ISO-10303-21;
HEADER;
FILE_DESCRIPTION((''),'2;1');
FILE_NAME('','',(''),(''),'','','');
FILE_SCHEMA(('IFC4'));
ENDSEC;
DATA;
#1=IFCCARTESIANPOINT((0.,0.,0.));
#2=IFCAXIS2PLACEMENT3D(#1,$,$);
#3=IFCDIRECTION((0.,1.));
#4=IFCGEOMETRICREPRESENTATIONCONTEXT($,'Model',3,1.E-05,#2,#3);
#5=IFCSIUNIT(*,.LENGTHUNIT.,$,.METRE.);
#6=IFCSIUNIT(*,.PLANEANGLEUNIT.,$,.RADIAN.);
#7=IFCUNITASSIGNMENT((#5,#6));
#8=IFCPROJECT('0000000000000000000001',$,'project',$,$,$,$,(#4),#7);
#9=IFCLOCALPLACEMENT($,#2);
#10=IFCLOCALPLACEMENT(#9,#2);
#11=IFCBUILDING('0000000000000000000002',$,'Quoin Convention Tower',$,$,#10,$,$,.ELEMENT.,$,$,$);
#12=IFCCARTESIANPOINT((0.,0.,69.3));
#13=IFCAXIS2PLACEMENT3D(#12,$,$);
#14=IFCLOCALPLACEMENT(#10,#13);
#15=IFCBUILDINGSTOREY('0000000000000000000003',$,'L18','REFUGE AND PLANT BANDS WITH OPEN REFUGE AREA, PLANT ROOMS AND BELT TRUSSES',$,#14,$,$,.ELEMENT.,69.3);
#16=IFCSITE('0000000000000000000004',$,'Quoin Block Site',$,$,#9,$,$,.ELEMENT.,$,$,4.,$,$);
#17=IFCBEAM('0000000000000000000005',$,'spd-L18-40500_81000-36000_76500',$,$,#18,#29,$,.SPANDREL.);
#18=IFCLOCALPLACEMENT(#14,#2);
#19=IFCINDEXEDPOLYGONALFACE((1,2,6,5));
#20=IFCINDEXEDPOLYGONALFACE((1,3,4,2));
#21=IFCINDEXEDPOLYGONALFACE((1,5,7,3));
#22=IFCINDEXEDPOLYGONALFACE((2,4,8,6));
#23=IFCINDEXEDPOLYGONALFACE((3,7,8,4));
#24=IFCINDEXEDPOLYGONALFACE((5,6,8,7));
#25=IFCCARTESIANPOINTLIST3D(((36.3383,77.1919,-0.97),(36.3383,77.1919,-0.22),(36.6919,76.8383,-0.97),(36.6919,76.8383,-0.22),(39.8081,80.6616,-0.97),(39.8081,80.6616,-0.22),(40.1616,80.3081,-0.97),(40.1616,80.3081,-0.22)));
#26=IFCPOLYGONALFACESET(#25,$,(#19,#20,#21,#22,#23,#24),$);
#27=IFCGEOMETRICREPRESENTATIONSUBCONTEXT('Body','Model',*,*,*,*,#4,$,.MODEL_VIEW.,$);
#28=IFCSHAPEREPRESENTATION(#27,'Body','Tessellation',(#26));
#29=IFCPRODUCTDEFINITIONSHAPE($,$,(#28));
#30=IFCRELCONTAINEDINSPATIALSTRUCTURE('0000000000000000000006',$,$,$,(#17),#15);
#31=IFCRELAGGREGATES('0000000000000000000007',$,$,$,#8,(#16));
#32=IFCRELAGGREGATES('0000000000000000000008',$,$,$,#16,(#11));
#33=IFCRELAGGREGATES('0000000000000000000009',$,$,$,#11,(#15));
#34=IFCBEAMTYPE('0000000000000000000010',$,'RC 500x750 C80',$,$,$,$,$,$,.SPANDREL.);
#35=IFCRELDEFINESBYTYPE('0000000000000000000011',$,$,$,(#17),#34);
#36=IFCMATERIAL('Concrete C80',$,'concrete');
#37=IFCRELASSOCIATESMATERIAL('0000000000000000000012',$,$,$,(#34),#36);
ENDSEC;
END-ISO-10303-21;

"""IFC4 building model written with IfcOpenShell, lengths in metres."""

from ifc_helpers import new_model, si_unit, direction, frame, origin, origin_2d, place, context, subcontext, project, spatial, rectangle, extrude, material, material_profile, profile_set, type_object, element, save


model = new_model("IFC4")

# Units and contexts
model_context = context("Model", 3, precision=1e-05, world=origin(), true_north=direction((0.0, 1.0)))
body_context = subcontext(model_context, "Body", "Model", "MODEL_VIEW")
ifc_project = project(units=[si_unit("LENGTHUNIT", "METRE"), si_unit("PLANEANGLEUNIT", "RADIAN")], contexts=[model_context])

# Site, building, storey
site_placement = place(None, origin())
site = spatial("IfcSite", under=ifc_project, at=site_placement, Name="Quoin Block Site", CompositionType="ELEMENT", RefElevation=4.0)
building_placement = place(site_placement, origin())
building = spatial("IfcBuilding", under=site, at=building_placement, Name="Quoin Convention Tower", CompositionType="ELEMENT")
storey_placement = place(building_placement, frame((0.0, 0.0, 69.3)))
storey = spatial("IfcBuildingStorey", under=building, at=storey_placement, Name="L18", Description="REFUGE AND PLANT BANDS WITH OPEN REFUGE AREA, PLANT ROOMS AND BELT TRUSSES", CompositionType="ELEMENT", Elevation=69.3)

# Shared definitions
ifc_material_1 = material(Name="Concrete C80", Category="concrete")

# Beam
ifc_material_profile_1 = material_profile(ifc_material_1, rectangle(XDim=0.5, YDim=0.75, at=origin_2d()), Name="RC 500x750")
ifc_profile_set_1 = profile_set([ifc_material_profile_1], Name="Concrete C80")
beam_type_1 = type_object("IfcBeamType", Name="RC 500x750 C80", PredefinedType="SPANDREL", material=ifc_profile_set_1)
beam_1_placement = place(storey_placement, frame((39.9849, 80.4849, -0.595), z_axis=(-0.707107, -0.707107, 0.0), x_axis=(0.707107, -0.707107, 0.0)))
element("IfcBeam", 1, at=beam_1_placement, inside=storey, type_object=beam_type_1, Name="spd-L18-40500_81000-36000_76500", PredefinedType="SPANDREL", context=body_context, shape_type="SweptSolid", body=[
    extrude(rectangle(XDim=0.5, YDim=0.75, at=origin_2d()), origin(), (0.0, 0.0, 1.0), 4.907),
])

save(model, "model.ifc")
